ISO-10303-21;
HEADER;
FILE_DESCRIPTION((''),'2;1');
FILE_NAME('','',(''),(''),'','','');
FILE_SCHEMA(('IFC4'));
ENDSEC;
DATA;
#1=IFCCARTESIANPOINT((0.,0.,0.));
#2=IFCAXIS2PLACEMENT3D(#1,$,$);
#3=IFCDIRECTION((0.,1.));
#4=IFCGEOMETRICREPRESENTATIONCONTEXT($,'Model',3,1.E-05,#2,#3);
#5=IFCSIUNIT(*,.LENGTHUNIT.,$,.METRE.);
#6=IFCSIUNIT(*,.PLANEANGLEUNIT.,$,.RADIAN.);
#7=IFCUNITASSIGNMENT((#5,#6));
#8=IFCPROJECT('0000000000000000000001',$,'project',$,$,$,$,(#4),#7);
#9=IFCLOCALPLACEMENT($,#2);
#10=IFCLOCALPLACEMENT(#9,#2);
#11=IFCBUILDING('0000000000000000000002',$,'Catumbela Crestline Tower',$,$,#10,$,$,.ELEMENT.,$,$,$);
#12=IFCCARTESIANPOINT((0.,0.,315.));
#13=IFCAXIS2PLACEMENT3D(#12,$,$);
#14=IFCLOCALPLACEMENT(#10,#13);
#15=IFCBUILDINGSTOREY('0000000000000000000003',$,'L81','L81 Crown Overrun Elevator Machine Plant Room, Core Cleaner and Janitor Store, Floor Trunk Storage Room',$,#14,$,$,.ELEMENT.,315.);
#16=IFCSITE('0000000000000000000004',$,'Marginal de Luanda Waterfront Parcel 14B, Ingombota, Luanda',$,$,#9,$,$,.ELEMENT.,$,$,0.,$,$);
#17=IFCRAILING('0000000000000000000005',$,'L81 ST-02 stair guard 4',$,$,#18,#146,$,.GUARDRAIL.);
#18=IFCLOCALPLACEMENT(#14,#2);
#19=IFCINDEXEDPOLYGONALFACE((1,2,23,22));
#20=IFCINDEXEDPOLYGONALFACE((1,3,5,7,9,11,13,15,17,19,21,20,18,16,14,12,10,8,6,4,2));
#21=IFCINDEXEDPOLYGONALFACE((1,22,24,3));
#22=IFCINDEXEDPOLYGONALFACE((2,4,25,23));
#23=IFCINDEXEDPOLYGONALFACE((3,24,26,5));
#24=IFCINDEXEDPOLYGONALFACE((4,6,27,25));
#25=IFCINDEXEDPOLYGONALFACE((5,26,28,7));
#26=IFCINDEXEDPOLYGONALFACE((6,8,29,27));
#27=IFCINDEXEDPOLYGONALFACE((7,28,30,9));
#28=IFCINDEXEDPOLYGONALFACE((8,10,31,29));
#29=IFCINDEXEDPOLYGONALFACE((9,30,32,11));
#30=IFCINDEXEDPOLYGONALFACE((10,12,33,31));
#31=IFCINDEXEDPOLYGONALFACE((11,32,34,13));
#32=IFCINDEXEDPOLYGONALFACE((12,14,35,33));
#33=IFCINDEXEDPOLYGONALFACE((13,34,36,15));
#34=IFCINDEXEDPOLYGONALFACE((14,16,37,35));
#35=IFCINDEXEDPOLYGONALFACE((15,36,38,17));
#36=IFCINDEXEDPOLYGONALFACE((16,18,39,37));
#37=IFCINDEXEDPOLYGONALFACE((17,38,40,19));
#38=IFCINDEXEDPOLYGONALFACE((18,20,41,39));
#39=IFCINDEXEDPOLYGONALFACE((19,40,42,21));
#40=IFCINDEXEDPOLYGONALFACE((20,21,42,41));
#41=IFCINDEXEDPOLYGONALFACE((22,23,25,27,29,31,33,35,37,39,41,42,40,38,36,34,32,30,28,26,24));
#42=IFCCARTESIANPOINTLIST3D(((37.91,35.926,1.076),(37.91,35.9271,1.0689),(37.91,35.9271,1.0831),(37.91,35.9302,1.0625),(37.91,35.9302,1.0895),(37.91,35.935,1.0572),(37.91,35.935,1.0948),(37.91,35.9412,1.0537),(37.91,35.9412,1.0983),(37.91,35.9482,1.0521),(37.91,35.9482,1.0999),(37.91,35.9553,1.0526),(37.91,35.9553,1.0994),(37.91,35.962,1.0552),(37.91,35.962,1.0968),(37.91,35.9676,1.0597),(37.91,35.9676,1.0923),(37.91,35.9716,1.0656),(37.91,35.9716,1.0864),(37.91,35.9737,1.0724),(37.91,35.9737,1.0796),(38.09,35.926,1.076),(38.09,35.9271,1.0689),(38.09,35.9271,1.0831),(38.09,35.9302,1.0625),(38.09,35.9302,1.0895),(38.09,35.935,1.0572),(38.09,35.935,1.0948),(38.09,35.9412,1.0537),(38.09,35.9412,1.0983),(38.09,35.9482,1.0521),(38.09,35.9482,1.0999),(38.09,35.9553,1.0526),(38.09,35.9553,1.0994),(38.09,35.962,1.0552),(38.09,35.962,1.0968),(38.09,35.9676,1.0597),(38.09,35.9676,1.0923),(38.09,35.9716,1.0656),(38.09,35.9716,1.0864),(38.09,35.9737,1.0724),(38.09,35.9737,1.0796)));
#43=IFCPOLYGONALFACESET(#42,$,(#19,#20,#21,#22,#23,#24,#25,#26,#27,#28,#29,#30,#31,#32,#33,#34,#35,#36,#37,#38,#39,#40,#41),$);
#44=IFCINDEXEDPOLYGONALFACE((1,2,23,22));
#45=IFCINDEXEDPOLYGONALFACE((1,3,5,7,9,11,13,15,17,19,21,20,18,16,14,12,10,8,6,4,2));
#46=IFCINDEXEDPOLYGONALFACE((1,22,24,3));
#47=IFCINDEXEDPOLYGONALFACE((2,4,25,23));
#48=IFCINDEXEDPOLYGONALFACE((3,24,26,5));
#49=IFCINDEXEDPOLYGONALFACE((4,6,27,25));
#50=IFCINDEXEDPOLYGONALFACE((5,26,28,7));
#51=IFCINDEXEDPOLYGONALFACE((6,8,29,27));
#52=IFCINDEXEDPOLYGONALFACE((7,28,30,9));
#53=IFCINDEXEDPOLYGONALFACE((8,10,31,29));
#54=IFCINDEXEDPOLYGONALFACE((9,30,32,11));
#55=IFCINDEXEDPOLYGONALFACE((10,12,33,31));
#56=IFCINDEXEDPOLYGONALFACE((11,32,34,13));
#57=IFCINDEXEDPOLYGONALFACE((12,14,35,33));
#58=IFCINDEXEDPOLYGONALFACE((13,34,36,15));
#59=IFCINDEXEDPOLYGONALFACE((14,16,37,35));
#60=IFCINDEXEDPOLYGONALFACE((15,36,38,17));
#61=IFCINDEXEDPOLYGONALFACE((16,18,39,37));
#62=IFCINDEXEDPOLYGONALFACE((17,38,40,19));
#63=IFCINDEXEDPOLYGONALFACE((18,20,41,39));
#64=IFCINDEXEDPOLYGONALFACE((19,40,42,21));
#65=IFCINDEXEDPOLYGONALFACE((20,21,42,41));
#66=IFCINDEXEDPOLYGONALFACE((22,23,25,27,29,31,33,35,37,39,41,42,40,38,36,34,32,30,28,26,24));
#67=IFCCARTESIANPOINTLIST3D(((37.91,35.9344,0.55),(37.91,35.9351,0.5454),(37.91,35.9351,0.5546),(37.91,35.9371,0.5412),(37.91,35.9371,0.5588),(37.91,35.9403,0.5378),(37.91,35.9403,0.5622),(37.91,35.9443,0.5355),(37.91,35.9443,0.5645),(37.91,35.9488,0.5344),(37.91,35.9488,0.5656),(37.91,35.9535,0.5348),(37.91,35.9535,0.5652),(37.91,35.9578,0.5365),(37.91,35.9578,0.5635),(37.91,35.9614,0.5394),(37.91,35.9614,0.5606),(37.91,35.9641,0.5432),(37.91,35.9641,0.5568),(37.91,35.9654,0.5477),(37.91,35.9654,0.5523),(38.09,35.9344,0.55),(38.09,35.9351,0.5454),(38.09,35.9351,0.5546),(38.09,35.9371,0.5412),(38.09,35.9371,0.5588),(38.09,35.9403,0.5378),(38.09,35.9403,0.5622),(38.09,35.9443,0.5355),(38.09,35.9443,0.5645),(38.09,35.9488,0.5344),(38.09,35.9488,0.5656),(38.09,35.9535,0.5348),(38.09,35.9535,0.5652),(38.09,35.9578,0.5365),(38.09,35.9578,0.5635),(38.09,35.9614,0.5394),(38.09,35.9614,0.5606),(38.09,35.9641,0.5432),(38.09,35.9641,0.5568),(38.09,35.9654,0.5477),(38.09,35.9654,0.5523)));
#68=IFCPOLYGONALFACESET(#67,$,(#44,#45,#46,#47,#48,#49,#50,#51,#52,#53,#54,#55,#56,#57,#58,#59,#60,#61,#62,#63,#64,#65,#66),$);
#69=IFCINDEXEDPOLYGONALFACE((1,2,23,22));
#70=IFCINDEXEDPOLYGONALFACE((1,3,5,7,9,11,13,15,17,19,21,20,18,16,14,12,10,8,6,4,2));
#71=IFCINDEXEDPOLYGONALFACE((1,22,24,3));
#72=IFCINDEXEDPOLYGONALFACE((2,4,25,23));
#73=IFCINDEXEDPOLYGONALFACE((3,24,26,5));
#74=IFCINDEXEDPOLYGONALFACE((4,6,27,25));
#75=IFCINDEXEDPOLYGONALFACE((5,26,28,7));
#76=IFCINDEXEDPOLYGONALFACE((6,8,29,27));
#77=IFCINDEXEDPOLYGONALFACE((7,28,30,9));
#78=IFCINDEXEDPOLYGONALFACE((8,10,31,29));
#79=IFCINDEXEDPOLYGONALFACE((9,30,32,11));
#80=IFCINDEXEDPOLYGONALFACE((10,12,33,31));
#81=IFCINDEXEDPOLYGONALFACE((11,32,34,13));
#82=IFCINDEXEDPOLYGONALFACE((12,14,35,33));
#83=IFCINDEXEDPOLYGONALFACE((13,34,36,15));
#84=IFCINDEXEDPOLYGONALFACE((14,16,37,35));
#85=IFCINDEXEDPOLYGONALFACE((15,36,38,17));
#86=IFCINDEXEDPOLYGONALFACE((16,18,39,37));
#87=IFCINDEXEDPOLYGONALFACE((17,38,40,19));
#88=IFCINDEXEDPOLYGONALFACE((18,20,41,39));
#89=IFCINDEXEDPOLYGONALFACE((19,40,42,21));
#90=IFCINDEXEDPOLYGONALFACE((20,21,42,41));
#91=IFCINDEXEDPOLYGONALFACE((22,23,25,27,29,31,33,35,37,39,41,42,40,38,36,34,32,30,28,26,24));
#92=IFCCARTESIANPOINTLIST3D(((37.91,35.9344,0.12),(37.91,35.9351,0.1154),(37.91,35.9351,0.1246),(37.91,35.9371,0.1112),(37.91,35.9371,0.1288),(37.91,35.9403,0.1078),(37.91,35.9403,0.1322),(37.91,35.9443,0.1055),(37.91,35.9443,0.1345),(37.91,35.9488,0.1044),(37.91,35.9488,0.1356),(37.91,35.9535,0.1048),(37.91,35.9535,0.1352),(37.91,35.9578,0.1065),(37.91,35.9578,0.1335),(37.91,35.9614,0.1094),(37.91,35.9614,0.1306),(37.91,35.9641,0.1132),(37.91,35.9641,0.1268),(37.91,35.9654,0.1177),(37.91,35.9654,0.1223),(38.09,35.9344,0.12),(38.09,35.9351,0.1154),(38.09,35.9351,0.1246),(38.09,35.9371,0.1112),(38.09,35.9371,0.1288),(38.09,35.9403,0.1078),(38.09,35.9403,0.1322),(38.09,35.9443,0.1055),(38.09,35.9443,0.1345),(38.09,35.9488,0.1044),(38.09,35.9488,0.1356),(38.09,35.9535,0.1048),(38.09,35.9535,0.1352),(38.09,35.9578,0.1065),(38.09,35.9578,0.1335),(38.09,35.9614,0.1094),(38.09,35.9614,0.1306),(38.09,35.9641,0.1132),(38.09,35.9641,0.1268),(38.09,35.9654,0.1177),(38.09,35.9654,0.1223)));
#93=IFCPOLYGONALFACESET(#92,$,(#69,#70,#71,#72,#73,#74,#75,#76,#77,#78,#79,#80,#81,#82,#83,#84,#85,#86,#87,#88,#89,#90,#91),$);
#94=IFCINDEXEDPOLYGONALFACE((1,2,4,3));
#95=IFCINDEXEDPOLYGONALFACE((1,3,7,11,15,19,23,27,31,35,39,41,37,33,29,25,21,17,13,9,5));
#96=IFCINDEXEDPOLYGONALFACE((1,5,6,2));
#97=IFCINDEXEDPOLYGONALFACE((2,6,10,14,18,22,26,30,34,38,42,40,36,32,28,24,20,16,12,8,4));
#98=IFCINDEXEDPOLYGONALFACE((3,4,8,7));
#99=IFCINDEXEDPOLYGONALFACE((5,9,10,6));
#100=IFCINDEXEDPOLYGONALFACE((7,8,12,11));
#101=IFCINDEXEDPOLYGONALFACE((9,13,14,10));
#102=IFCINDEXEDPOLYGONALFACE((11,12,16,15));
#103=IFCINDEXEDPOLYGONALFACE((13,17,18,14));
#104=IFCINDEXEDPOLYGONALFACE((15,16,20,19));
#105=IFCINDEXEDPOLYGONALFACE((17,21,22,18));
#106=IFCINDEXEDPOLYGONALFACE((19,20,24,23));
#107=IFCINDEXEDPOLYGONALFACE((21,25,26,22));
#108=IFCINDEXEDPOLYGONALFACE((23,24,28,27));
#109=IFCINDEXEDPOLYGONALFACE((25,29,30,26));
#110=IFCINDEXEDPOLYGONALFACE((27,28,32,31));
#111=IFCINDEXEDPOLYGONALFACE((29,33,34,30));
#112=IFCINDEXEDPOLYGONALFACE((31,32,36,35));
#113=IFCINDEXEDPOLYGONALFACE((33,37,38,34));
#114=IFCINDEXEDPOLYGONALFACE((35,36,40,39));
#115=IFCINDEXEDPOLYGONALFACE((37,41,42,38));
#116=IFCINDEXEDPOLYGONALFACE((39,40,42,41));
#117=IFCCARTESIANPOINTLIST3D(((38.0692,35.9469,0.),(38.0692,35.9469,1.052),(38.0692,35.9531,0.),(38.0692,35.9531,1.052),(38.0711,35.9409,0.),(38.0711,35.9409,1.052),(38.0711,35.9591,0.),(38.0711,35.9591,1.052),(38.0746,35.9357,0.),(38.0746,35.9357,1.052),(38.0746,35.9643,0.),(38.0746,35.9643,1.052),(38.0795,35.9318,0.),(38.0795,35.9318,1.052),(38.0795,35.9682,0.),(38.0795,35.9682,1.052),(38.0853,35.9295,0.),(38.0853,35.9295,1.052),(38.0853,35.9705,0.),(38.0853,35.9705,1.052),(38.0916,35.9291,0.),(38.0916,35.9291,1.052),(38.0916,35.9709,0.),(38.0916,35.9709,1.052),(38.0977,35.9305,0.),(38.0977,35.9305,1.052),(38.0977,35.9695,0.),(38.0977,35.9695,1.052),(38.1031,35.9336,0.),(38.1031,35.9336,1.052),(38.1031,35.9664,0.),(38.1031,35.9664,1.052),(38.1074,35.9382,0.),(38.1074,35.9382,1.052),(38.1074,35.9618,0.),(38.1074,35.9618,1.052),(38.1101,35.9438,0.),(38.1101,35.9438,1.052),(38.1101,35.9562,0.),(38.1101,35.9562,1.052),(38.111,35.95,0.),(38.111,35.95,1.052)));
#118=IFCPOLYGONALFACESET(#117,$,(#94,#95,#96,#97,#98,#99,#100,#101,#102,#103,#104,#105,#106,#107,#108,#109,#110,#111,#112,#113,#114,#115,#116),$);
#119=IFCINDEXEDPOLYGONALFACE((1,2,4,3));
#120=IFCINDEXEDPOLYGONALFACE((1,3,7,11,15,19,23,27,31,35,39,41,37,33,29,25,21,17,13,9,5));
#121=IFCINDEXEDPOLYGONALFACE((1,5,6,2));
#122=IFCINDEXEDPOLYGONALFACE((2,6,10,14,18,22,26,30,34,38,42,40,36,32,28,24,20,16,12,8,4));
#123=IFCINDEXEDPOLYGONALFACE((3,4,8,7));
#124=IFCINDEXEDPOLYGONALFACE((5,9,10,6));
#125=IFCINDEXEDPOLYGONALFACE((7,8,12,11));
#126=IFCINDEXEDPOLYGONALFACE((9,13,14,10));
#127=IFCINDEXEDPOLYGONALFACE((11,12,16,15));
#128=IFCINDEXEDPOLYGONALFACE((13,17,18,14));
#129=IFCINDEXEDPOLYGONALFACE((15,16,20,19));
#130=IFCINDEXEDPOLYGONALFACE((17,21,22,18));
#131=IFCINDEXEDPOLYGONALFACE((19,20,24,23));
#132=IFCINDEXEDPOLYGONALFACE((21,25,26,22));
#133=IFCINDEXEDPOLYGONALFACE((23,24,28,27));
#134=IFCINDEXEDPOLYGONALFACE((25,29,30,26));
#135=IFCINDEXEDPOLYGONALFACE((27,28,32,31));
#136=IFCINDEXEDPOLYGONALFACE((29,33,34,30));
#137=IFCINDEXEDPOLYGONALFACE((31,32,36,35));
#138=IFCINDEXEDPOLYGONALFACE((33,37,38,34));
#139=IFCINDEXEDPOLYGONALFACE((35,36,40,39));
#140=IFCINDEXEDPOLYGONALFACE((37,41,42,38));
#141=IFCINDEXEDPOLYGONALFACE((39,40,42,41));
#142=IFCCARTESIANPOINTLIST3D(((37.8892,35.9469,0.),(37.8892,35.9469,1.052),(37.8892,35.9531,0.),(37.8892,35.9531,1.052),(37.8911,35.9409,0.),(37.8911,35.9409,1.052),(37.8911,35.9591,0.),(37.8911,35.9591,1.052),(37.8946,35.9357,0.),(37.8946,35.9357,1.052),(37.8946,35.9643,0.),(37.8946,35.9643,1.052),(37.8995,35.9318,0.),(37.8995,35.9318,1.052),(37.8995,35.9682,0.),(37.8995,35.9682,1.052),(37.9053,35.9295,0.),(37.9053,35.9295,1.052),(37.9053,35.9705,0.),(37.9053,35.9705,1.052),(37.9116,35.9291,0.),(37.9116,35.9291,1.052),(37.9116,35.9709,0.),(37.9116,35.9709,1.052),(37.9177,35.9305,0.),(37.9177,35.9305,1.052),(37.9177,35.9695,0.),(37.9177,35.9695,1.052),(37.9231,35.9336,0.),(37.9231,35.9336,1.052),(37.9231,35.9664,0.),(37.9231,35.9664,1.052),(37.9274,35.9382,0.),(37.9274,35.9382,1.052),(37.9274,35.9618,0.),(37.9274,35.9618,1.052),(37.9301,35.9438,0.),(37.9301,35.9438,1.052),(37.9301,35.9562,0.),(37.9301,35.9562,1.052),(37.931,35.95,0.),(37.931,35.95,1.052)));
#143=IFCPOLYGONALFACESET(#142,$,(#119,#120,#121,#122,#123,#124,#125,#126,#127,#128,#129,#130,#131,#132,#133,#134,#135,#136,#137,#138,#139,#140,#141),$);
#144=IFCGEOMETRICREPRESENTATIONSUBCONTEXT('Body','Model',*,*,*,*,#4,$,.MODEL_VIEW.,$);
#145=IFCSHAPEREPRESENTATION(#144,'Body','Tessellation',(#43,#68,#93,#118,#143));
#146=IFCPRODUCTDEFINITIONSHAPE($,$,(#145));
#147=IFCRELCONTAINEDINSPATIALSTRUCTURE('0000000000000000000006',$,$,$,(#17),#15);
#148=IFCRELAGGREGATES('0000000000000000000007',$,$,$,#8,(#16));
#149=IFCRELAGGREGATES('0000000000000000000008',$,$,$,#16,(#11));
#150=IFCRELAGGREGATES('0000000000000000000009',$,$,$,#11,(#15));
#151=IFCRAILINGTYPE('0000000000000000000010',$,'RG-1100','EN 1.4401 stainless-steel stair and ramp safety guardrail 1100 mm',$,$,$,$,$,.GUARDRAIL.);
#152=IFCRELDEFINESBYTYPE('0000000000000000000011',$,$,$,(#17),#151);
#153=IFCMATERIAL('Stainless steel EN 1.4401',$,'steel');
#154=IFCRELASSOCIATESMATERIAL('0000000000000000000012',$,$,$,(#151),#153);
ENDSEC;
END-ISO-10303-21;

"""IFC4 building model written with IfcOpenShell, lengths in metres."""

from ifc_helpers import new_model, si_unit, direction, frame, origin, origin_2d, place, context, subcontext, project, spatial, circle, extrude, material, type_object, element, save


model = new_model("IFC4")

# Units and contexts
model_context = context("Model", 3, precision=1e-05, world=origin(), true_north=direction((0.0, 1.0)))
body_context = subcontext(model_context, "Body", "Model", "MODEL_VIEW")
ifc_project = project(units=[si_unit("LENGTHUNIT", "METRE"), si_unit("PLANEANGLEUNIT", "RADIAN")], contexts=[model_context])

# Site, building, storey
site_placement = place(None, origin())
site = spatial("IfcSite", under=ifc_project, at=site_placement, Name="Marginal de Luanda Waterfront Parcel 14B, Ingombota, Luanda", CompositionType="ELEMENT", RefElevation=0.0)
building_placement = place(site_placement, origin())
building = spatial("IfcBuilding", under=site, at=building_placement, Name="Catumbela Crestline Tower", CompositionType="ELEMENT")
storey_placement = place(building_placement, frame((0.0, 0.0, 315.0)))
storey = spatial("IfcBuildingStorey", under=building, at=storey_placement, Name="L81", Description="L81 Crown Overrun Elevator Machine Plant Room, Core Cleaner and Janitor Store, Floor Trunk Storage Room", CompositionType="ELEMENT", Elevation=315.0)

# Shared definitions
ifc_material_1 = material(Name="Stainless steel EN 1.4401", Category="steel")

# Railing
railing_type_1 = type_object("IfcRailingType", Name="RG-1100", Description="EN 1.4401 stainless-steel stair and ramp safety guardrail 1100 mm", PredefinedType="GUARDRAIL", material=ifc_material_1)
railing_1_placement = place(storey_placement, frame((38.09, 35.95, 0.0)))
element("IfcRailing", 1, at=railing_1_placement, inside=storey, type_object=railing_type_1, Name="L81 ST-02 stair guard 4", PredefinedType="GUARDRAIL", context=body_context, shape_type="SweptSolid", body=[
    extrude(circle(Radius=0.024, at=origin_2d()), frame((0.0, 0.0, 1.076), z_axis=(-1.0, 0.0, 0.0), x_axis=(0.0, -1.0, 0.0)), (0.0, 0.0, 1.0), 0.18),
    extrude(circle(Radius=0.0156, at=origin_2d()), frame((0.0, 0.0, 0.55), z_axis=(-1.0, 0.0, 0.0), x_axis=(0.0, -1.0, 0.0)), (0.0, 0.0, 1.0), 0.18),
    extrude(circle(Radius=0.0156, at=origin_2d()), frame((0.0, 0.0, 0.12), z_axis=(-1.0, 0.0, 0.0), x_axis=(0.0, -1.0, 0.0)), (0.0, 0.0, 1.0), 0.18),
    extrude(circle(Radius=0.021, at=origin_2d()), origin(), (0.0, 0.0, 1.0), 1.052),
    extrude(circle(Radius=0.021, at=origin_2d()), frame((-0.18, 0.0, 0.0)), (0.0, 0.0, 1.0), 1.052),
])

save(model, "model.ifc")
